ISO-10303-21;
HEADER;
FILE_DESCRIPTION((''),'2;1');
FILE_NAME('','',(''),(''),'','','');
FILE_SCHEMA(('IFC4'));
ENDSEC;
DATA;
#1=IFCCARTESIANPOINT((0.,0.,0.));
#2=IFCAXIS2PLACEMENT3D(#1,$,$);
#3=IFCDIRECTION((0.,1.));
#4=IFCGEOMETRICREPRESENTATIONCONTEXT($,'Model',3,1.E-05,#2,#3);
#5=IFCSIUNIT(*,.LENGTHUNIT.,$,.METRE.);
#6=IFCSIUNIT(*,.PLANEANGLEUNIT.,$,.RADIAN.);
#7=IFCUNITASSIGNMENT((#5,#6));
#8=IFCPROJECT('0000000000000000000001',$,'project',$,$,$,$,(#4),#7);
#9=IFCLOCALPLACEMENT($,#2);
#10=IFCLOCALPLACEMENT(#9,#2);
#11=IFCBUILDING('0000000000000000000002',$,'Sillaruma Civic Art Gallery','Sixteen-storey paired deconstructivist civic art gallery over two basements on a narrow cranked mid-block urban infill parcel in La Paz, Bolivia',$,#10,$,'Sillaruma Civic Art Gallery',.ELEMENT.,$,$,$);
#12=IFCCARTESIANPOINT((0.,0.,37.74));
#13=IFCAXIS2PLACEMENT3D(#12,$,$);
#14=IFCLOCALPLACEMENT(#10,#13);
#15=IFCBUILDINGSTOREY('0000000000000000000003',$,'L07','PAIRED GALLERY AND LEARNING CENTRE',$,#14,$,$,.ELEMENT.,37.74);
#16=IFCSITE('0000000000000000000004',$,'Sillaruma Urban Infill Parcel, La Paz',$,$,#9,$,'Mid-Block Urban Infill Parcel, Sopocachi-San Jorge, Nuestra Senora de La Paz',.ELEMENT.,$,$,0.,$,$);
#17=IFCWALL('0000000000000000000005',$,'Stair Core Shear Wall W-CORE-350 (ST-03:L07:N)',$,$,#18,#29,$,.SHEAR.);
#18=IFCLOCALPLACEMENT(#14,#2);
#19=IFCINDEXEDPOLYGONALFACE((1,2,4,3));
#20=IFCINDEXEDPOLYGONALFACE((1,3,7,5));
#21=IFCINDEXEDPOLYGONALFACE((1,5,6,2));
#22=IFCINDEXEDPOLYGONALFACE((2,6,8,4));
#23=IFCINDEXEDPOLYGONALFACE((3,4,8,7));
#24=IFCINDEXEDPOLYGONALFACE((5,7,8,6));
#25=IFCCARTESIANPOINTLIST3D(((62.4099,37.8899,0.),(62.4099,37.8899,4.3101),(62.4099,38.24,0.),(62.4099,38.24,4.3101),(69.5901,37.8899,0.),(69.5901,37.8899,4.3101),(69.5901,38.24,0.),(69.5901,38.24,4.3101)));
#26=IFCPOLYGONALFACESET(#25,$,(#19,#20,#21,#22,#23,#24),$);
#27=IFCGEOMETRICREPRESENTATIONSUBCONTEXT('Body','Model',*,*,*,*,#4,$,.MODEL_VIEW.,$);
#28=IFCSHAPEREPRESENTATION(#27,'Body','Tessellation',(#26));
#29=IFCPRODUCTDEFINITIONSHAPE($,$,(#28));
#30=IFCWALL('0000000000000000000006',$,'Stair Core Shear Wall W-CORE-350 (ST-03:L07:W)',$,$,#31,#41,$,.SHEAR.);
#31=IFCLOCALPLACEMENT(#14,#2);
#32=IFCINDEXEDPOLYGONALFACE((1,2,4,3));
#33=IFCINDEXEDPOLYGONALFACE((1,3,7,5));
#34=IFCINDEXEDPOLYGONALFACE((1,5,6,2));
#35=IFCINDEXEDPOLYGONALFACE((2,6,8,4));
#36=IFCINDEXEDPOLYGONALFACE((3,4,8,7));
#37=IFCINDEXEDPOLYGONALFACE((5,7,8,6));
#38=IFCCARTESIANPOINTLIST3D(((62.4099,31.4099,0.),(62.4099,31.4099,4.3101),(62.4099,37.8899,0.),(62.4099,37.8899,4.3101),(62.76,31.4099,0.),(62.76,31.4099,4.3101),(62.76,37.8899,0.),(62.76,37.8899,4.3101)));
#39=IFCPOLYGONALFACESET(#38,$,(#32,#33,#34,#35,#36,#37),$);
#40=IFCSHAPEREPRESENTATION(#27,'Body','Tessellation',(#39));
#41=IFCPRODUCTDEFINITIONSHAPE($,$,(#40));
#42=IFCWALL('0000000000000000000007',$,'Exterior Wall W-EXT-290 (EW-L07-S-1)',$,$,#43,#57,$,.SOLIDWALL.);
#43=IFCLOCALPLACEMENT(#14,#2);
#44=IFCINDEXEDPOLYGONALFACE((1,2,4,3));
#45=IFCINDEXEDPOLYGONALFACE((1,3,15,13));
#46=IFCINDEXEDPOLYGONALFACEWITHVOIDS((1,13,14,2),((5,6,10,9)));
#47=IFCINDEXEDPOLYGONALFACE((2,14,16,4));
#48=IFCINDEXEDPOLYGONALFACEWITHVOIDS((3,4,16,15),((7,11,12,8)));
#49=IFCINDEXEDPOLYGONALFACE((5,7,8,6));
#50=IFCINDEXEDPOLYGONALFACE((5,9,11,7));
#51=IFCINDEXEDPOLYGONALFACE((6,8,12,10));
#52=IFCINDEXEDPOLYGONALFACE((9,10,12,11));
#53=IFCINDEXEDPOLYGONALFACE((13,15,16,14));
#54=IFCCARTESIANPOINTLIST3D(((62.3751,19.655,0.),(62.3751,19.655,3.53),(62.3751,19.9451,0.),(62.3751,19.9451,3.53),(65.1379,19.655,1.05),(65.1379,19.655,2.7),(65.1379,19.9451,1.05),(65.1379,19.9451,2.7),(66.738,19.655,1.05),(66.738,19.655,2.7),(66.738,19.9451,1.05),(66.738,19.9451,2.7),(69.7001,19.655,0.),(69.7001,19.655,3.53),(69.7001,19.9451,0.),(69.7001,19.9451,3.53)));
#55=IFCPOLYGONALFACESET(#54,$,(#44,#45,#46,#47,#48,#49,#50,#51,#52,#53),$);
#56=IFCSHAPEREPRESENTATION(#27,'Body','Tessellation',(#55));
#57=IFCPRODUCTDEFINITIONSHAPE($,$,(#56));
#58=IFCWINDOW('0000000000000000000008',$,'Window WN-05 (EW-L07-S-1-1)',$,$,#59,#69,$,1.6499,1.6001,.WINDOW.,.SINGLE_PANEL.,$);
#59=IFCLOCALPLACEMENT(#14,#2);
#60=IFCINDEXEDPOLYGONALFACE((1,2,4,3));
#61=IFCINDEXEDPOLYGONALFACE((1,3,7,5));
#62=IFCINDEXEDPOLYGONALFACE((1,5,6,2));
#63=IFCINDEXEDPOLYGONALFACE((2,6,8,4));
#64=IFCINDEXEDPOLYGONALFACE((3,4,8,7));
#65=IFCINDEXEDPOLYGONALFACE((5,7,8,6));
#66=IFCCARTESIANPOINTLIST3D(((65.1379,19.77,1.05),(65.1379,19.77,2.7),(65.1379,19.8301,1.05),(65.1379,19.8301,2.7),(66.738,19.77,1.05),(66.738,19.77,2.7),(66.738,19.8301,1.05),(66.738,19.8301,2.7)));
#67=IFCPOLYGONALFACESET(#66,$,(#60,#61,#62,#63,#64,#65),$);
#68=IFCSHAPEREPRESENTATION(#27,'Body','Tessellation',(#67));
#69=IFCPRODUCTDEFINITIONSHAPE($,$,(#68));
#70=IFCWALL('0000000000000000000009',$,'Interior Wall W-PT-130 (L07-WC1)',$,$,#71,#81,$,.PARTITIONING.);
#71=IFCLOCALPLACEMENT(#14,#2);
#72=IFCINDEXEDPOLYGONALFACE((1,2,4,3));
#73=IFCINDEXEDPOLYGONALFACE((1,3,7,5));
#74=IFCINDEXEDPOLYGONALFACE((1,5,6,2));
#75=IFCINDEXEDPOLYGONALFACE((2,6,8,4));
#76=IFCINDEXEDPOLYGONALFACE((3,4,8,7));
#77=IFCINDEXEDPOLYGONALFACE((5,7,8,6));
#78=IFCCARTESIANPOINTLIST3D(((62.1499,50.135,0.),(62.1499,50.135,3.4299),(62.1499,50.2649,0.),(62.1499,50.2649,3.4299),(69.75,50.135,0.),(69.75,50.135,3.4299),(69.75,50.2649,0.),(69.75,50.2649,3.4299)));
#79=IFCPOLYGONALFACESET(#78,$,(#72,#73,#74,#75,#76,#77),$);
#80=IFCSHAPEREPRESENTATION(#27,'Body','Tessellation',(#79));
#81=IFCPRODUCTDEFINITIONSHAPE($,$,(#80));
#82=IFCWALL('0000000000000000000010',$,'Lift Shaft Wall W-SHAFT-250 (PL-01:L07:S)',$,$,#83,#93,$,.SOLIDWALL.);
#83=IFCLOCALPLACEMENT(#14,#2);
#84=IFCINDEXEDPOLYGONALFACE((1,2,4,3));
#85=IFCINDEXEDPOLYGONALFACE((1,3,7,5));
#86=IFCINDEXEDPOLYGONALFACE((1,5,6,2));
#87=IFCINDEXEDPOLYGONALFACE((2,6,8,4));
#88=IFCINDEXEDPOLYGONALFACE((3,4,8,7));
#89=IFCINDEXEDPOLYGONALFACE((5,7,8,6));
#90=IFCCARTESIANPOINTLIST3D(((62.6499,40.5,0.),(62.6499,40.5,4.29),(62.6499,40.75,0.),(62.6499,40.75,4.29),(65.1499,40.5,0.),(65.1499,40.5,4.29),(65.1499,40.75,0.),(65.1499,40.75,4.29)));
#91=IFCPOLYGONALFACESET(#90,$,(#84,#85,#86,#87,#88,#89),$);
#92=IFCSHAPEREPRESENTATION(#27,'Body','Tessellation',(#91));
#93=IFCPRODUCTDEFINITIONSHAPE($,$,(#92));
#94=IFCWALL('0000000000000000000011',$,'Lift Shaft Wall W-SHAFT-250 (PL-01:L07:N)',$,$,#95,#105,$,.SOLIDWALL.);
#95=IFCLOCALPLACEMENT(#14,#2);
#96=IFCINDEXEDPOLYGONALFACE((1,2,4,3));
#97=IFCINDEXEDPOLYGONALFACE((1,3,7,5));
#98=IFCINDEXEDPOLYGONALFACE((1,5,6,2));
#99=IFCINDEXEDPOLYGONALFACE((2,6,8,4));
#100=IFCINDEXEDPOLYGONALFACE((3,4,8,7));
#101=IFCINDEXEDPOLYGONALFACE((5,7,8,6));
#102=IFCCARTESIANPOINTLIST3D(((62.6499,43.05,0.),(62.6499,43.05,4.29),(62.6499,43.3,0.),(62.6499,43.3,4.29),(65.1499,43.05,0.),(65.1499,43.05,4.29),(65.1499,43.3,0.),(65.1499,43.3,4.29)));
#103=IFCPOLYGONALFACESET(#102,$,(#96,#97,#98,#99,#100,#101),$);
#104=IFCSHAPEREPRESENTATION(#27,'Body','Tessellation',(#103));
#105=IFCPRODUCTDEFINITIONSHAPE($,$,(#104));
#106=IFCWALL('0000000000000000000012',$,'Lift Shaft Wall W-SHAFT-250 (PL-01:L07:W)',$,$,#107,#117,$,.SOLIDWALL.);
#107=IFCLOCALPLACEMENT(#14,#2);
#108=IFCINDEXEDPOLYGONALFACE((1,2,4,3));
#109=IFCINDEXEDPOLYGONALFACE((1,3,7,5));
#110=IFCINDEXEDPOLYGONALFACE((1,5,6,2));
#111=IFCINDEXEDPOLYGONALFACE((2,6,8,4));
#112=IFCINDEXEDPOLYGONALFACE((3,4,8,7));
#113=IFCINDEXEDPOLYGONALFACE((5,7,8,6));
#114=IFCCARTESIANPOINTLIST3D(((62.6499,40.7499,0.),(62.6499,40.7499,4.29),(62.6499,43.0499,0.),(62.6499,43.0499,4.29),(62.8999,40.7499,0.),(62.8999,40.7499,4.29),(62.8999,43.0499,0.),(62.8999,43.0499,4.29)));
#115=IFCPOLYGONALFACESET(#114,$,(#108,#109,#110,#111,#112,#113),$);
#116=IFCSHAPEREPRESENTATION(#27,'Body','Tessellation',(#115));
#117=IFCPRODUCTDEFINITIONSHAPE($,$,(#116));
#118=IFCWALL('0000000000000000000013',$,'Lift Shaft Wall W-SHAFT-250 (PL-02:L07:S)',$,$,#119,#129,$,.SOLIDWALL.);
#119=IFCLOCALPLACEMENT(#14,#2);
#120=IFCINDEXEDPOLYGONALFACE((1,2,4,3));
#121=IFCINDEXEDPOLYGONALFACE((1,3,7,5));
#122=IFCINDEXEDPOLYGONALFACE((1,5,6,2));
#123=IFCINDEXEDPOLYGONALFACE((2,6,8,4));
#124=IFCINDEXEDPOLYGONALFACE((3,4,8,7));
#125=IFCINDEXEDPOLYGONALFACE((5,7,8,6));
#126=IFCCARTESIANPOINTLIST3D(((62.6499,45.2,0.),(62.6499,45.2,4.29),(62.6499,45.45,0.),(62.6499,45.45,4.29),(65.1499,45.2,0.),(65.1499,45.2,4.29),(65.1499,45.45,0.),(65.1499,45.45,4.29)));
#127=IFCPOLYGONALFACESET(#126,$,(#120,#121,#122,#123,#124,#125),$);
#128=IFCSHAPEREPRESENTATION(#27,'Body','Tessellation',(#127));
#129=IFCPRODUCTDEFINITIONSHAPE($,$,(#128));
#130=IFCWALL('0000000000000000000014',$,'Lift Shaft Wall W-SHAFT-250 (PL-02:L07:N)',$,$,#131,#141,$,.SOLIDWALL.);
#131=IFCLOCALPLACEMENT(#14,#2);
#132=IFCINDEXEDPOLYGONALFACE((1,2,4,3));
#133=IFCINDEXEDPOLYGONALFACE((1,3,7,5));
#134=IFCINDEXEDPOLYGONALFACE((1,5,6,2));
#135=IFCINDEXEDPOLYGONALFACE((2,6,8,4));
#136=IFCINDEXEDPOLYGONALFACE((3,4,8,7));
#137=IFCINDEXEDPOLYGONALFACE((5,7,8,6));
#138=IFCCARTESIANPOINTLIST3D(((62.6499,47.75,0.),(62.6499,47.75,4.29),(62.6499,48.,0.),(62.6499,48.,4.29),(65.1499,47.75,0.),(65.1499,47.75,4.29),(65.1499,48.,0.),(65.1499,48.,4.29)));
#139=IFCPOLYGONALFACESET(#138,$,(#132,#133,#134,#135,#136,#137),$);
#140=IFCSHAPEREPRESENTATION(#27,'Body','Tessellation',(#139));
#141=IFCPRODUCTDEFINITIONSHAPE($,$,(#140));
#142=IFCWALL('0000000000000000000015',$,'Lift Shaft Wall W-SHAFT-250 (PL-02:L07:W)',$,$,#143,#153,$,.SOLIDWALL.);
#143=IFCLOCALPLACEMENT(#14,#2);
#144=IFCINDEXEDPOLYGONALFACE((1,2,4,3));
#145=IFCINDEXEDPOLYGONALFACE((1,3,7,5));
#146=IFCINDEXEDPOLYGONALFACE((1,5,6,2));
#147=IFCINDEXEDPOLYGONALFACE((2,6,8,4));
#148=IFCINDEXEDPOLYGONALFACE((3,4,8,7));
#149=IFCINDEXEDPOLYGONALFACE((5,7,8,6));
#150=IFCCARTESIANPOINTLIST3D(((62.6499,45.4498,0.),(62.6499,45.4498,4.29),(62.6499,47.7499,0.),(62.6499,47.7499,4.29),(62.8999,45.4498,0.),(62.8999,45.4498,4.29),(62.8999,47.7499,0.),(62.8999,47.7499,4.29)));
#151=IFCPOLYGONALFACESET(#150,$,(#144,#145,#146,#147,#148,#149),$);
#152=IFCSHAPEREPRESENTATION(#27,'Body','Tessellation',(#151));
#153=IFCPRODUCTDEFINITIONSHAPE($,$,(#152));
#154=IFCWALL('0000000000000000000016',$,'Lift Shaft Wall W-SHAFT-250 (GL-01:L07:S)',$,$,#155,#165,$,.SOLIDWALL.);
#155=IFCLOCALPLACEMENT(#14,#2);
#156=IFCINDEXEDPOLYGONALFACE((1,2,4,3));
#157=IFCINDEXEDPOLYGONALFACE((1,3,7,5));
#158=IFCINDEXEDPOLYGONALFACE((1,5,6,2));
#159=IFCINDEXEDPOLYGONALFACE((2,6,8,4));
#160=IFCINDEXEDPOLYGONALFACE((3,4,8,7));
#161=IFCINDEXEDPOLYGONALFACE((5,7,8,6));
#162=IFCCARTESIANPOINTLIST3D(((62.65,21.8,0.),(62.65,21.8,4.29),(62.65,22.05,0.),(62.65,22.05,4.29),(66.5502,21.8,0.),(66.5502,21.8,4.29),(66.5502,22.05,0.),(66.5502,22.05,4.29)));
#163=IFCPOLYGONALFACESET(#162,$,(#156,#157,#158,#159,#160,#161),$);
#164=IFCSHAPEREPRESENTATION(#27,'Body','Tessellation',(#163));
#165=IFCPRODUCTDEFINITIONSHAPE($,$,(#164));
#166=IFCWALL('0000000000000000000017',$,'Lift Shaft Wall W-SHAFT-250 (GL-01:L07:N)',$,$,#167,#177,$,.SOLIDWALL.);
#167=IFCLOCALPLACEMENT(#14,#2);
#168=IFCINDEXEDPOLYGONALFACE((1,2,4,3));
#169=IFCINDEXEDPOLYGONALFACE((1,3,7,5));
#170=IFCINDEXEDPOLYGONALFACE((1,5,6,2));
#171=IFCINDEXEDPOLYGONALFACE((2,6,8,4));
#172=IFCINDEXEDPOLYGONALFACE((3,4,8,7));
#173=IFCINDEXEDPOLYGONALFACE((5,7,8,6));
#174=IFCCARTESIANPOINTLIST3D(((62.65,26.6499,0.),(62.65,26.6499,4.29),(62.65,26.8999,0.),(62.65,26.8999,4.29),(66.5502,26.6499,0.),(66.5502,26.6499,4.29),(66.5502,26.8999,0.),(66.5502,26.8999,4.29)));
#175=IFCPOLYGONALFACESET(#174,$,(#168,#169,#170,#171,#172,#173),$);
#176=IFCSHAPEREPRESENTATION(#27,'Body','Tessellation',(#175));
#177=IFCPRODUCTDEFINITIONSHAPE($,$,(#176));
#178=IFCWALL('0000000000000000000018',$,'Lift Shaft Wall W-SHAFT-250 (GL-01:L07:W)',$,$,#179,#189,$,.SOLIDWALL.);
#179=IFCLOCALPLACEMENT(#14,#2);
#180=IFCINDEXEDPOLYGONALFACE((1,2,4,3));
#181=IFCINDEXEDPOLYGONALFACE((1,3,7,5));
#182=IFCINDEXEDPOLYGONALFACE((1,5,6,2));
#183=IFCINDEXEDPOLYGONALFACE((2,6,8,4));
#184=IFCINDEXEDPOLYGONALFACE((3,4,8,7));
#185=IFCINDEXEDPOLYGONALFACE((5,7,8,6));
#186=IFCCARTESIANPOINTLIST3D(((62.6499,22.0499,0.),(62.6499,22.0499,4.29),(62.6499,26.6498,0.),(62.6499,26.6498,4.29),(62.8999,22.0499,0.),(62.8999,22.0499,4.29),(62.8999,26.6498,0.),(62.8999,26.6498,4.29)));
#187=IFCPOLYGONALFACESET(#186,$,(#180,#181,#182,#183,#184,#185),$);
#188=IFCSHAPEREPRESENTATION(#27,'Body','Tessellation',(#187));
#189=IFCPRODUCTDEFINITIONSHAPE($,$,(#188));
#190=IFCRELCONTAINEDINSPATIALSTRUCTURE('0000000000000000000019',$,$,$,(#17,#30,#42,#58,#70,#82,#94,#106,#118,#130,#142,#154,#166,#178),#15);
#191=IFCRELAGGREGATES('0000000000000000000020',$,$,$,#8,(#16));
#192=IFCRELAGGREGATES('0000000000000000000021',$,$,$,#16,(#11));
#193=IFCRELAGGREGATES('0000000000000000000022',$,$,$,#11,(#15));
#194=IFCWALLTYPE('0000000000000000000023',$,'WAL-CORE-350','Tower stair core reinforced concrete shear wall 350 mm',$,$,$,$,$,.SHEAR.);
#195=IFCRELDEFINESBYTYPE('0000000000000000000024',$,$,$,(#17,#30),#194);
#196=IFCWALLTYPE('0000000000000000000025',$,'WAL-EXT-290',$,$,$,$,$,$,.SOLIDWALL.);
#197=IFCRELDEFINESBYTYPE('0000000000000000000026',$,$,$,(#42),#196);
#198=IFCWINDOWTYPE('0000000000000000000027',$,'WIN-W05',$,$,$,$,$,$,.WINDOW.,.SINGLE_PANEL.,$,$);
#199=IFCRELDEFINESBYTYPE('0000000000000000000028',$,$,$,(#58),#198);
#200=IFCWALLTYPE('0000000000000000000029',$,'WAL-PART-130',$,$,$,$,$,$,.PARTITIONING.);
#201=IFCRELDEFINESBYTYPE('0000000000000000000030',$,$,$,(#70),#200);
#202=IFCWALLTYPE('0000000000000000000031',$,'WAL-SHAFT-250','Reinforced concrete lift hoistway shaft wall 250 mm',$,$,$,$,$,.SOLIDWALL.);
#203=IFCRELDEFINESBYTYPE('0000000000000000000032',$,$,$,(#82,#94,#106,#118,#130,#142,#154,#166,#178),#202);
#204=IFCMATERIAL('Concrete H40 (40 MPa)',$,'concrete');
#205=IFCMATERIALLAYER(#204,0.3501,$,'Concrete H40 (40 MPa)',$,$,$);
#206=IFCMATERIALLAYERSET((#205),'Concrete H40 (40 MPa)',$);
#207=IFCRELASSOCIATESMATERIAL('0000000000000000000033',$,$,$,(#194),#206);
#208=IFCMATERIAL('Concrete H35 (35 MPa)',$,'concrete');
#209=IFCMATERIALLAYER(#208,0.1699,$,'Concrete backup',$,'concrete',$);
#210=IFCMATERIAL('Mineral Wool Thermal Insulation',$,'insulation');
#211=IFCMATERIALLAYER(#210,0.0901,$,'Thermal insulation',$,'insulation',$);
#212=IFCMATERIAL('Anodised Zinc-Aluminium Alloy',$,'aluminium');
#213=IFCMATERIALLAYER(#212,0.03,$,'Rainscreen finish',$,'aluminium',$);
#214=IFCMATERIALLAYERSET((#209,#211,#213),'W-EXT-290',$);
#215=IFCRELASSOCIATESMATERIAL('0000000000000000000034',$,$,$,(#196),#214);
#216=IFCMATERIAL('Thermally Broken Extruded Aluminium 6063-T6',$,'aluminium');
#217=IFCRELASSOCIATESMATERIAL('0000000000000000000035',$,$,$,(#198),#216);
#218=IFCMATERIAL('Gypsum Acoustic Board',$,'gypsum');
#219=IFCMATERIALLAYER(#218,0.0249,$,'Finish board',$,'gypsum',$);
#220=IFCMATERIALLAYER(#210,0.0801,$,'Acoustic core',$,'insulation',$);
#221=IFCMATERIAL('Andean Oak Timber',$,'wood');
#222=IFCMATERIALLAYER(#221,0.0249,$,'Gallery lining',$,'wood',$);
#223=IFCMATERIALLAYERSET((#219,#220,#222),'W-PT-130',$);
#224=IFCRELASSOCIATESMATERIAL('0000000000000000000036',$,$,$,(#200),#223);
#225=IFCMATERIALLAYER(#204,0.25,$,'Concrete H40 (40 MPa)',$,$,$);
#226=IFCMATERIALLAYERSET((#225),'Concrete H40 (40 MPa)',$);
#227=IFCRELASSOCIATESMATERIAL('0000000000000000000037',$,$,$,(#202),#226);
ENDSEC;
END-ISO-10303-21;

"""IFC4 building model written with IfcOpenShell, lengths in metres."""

from ifc_helpers import new_model, si_unit, direction, frame, frame_2d, origin, place, context, subcontext, project, spatial, rectangle, extrude, material, layer, layer_set, type_object, element, fill, save


model = new_model("IFC4")

# Units and contexts
model_context = context("Model", 3, precision=1e-05, world=origin(), true_north=direction((0.0, 1.0)))
body_context = subcontext(model_context, "Body", "Model", "MODEL_VIEW")
ifc_project = project(units=[si_unit("LENGTHUNIT", "METRE"), si_unit("PLANEANGLEUNIT", "RADIAN")], contexts=[model_context])

# Site, building, storey
site_placement = place(None, origin())
site = spatial("IfcSite", under=ifc_project, at=site_placement, Name="Sillaruma Urban Infill Parcel, La Paz", LongName="Mid-Block Urban Infill Parcel, Sopocachi-San Jorge, Nuestra Senora de La Paz", CompositionType="ELEMENT", RefElevation=0.0)
building_placement = place(site_placement, origin())
building = spatial("IfcBuilding", under=site, at=building_placement, Name="Sillaruma Civic Art Gallery", Description="Sixteen-storey paired deconstructivist civic art gallery over two basements on a narrow cranked mid-block urban infill parcel in La Paz, Bolivia", LongName="Sillaruma Civic Art Gallery", CompositionType="ELEMENT")
storey_placement = place(building_placement, frame((0.0, 0.0, 37.74)))
storey = spatial("IfcBuildingStorey", under=building, at=storey_placement, Name="L07", Description="PAIRED GALLERY AND LEARNING CENTRE", CompositionType="ELEMENT", Elevation=37.74)

# Shared definitions
ifc_material_1 = material(Name="Concrete H40 (40 MPa)", Category="concrete")

# Shared definitions
ifc_material_2 = material(Name="Concrete H35 (35 MPa)", Category="concrete")

# Shared definitions
ifc_material_3 = material(Name="Thermally Broken Extruded Aluminium 6063-T6", Category="aluminium")

# Shared definitions
ifc_layer_1 = layer(ifc_material_1, 0.3501, Name="Concrete H40 (40 MPa)")
ifc_layer_set_1 = layer_set([ifc_layer_1], Name="Concrete H40 (40 MPa)")
wall_type_1 = type_object("IfcWallType", Name="WAL-CORE-350", Description="Tower stair core reinforced concrete shear wall 350 mm", PredefinedType="SHEAR", material=ifc_layer_set_1)

# Walls
wall_1_placement = place(storey_placement, frame((62.4099, 38.0649, 0.0), z_axis=(0.0, 0.0, 1.0), x_axis=(1.0, 0.0, 0.0)))
element("IfcWall", 1, at=wall_1_placement, inside=storey, type_object=wall_type_1, Name="Stair Core Shear Wall W-CORE-350 (ST-03:L07:N)", PredefinedType="SHEAR", context=body_context, shape_type="SweptSolid", body=[
    extrude(rectangle(XDim=7.1802, YDim=0.3501, at=frame_2d((3.5901, 0.0))), origin(), (0.0, 0.0, 1.0), 4.3101),
])
wall_2_placement = place(storey_placement, frame((62.585, 31.4099, 0.0), z_axis=(0.0, 0.0, 1.0), x_axis=(0.0, 1.0, 0.0)))
element("IfcWall", 2, at=wall_2_placement, inside=storey, type_object=wall_type_1, Name="Stair Core Shear Wall W-CORE-350 (ST-03:L07:W)", PredefinedType="SHEAR", context=body_context, shape_type="SweptSolid", body=[
    extrude(rectangle(XDim=6.48, YDim=0.3501, at=frame_2d((3.24, 0.0))), origin(), (0.0, 0.0, 1.0), 4.3101),
])

# Wall, opening, window
ifc_layer_2 = layer(ifc_material_2, 0.1699, Name="Concrete backup", Category="concrete")
ifc_material_4 = material(Name="Mineral Wool Thermal Insulation", Category="insulation")
ifc_layer_3 = layer(ifc_material_4, 0.0901, Name="Thermal insulation", Category="insulation")
ifc_material_5 = material(Name="Anodised Zinc-Aluminium Alloy", Category="aluminium")
ifc_layer_4 = layer(ifc_material_5, 0.03, Name="Rainscreen finish", Category="aluminium")
ifc_layer_set_2 = layer_set([ifc_layer_2, ifc_layer_3, ifc_layer_4], Name="W-EXT-290")
wall_type_2 = type_object("IfcWallType", Name="WAL-EXT-290", PredefinedType="SOLIDWALL", material=ifc_layer_set_2)
wall_3_placement = place(storey_placement, frame((62.375, 19.8, 0.0), z_axis=(0.0, 0.0, 1.0), x_axis=(1.0, 0.0, 0.0)))
wall_3 = element("IfcWall", 3, at=wall_3_placement, inside=storey, type_object=wall_type_2, Name="Exterior Wall W-EXT-290 (EW-L07-S-1)", PredefinedType="SOLIDWALL", context=body_context, shape_type="SweptSolid", body=[
    extrude(rectangle(XDim=7.325, YDim=0.29, at=frame_2d((3.6626, 0.0))), origin(), (0.0, 0.0, 1.0), 3.53),
])
opening_1_placement = place(wall_3_placement, frame((2.7629, 0.0, 1.05)))
opening_1 = element("IfcOpeningElement", 4, at=opening_1_placement, cuts=wall_3, PredefinedType="OPENING", context=body_context, shape_type="SweptSolid", body=[
    extrude(rectangle(XDim=1.6001, YDim=1.6499, at=frame_2d((0.8, 0.825))), frame((0.0, 0.155, 0.0), z_axis=(0.0, -1.0, 0.0), x_axis=(1.0, 0.0, 0.0)), (0.0, 0.0, 1.0), 0.3101),
])
window_type = type_object("IfcWindowType", Name="WIN-W05", PartitioningType="SINGLE_PANEL", PredefinedType="WINDOW", material=ifc_material_3)
window_placement = place(opening_1_placement, origin())
window = element("IfcWindow", 5, at=window_placement, inside=storey, type_object=window_type, Name="Window WN-05 (EW-L07-S-1-1)", OverallHeight=1.6499, OverallWidth=1.6001, PartitioningType="SINGLE_PANEL", PredefinedType="WINDOW", context=body_context, shape_type="SweptSolid", body=[
    extrude(rectangle(XDim=1.6001, YDim=1.6499, at=frame_2d((0.8, 0.825))), frame((0.0, 0.03, 0.0), z_axis=(0.0, -1.0, 0.0), x_axis=(1.0, 0.0, 0.0)), (0.0, 0.0, 1.0), 0.0601),
])
fill(opening_1, window)

# Walls
ifc_material_6 = material(Name="Gypsum Acoustic Board", Category="gypsum")
ifc_layer_5 = layer(ifc_material_6, 0.0249, Name="Finish board", Category="gypsum")
ifc_layer_6 = layer(ifc_material_4, 0.0801, Name="Acoustic core", Category="insulation")
ifc_material_7 = material(Name="Andean Oak Timber", Category="wood")
ifc_layer_7 = layer(ifc_material_7, 0.0249, Name="Gallery lining", Category="wood")
ifc_layer_set_3 = layer_set([ifc_layer_5, ifc_layer_6, ifc_layer_7], Name="W-PT-130")
wall_type_3 = type_object("IfcWallType", Name="WAL-PART-130", PredefinedType="PARTITIONING", material=ifc_layer_set_3)
wall_4_placement = place(storey_placement, frame((62.1499, 50.2, 0.0), z_axis=(0.0, 0.0, 1.0), x_axis=(1.0, 0.0, 0.0)))
element("IfcWall", 6, at=wall_4_placement, inside=storey, type_object=wall_type_3, Name="Interior Wall W-PT-130 (L07-WC1)", PredefinedType="PARTITIONING", context=body_context, shape_type="SweptSolid", body=[
    extrude(rectangle(XDim=7.6001, YDim=0.1299, at=frame_2d((3.8, 0.0))), origin(), (0.0, 0.0, 1.0), 3.4299),
])
ifc_layer_8 = layer(ifc_material_1, 0.25, Name="Concrete H40 (40 MPa)")
ifc_layer_set_4 = layer_set([ifc_layer_8], Name="Concrete H40 (40 MPa)")
wall_type_4 = type_object("IfcWallType", Name="WAL-SHAFT-250", Description="Reinforced concrete lift hoistway shaft wall 250 mm", PredefinedType="SOLIDWALL", material=ifc_layer_set_4)
for number, where, z_axis, x_axis, name in (
    (7, (62.6499, 40.625, 0.0), (0.0, 0.0, 1.0), (1.0, 0.0, 0.0), "Lift Shaft Wall W-SHAFT-250 (PL-01:L07:S)"),
    (8, (62.6499, 43.175, 0.0), (0.0, 0.0, 1.0), (1.0, 0.0, 0.0), "Lift Shaft Wall W-SHAFT-250 (PL-01:L07:N)"),
):
    element("IfcWall", number, at=place(storey_placement, frame(where, z_axis=z_axis, x_axis=x_axis)), inside=storey, type_object=wall_type_4, Name=name, PredefinedType="SOLIDWALL", context=body_context, shape_type="SweptSolid", body=[
        extrude(rectangle(XDim=2.5, YDim=0.25, at=frame_2d((1.25, 0.0))), origin(), (0.0, 0.0, 1.0), 4.29),
    ])
wall_5_placement = place(storey_placement, frame((62.7749, 40.75, 0.0), z_axis=(0.0, 0.0, 1.0), x_axis=(0.0, 1.0, 0.0)))
element("IfcWall", 9, at=wall_5_placement, inside=storey, type_object=wall_type_4, Name="Lift Shaft Wall W-SHAFT-250 (PL-01:L07:W)", PredefinedType="SOLIDWALL", context=body_context, shape_type="SweptSolid", body=[
    extrude(rectangle(XDim=2.3, YDim=0.25, at=frame_2d((1.1499, 0.0))), origin(), (0.0, 0.0, 1.0), 4.29),
])
for number, where, z_axis, x_axis, name in (
    (10, (62.6499, 45.325, 0.0), (0.0, 0.0, 1.0), (1.0, 0.0, 0.0), "Lift Shaft Wall W-SHAFT-250 (PL-02:L07:S)"),
    (11, (62.6499, 47.875, 0.0), (0.0, 0.0, 1.0), (1.0, 0.0, 0.0), "Lift Shaft Wall W-SHAFT-250 (PL-02:L07:N)"),
):
    element("IfcWall", number, at=place(storey_placement, frame(where, z_axis=z_axis, x_axis=x_axis)), inside=storey, type_object=wall_type_4, Name=name, PredefinedType="SOLIDWALL", context=body_context, shape_type="SweptSolid", body=[
        extrude(rectangle(XDim=2.5, YDim=0.25, at=frame_2d((1.25, 0.0))), origin(), (0.0, 0.0, 1.0), 4.29),
    ])
wall_6_placement = place(storey_placement, frame((62.7749, 45.45, 0.0), z_axis=(0.0, 0.0, 1.0), x_axis=(0.0, 1.0, 0.0)))
element("IfcWall", 12, at=wall_6_placement, inside=storey, type_object=wall_type_4, Name="Lift Shaft Wall W-SHAFT-250 (PL-02:L07:W)", PredefinedType="SOLIDWALL", context=body_context, shape_type="SweptSolid", body=[
    extrude(rectangle(XDim=2.3, YDim=0.25, at=frame_2d((1.1499, 0.0))), origin(), (0.0, 0.0, 1.0), 4.29),
])
for number, where, z_axis, x_axis, name in (
    (13, (62.6499, 21.925, 0.0), (0.0, 0.0, 1.0), (1.0, 0.0, 0.0), "Lift Shaft Wall W-SHAFT-250 (GL-01:L07:S)"),
    (14, (62.6499, 26.7749, 0.0), (0.0, 0.0, 1.0), (1.0, 0.0, 0.0), "Lift Shaft Wall W-SHAFT-250 (GL-01:L07:N)"),
):
    element("IfcWall", number, at=place(storey_placement, frame(where, z_axis=z_axis, x_axis=x_axis)), inside=storey, type_object=wall_type_4, Name=name, PredefinedType="SOLIDWALL", context=body_context, shape_type="SweptSolid", body=[
        extrude(rectangle(XDim=3.9001, YDim=0.25, at=frame_2d((1.9502, 0.0))), origin(), (0.0, 0.0, 1.0), 4.29),
    ])
wall_7_placement = place(storey_placement, frame((62.7749, 22.05, 0.0), z_axis=(0.0, 0.0, 1.0), x_axis=(0.0, 1.0, 0.0)))
element("IfcWall", 15, at=wall_7_placement, inside=storey, type_object=wall_type_4, Name="Lift Shaft Wall W-SHAFT-250 (GL-01:L07:W)", PredefinedType="SOLIDWALL", context=body_context, shape_type="SweptSolid", body=[
    extrude(rectangle(XDim=4.5999, YDim=0.25, at=frame_2d((2.2998, 0.0))), origin(), (0.0, 0.0, 1.0), 4.29),
])

save(model, "model.ifc")
